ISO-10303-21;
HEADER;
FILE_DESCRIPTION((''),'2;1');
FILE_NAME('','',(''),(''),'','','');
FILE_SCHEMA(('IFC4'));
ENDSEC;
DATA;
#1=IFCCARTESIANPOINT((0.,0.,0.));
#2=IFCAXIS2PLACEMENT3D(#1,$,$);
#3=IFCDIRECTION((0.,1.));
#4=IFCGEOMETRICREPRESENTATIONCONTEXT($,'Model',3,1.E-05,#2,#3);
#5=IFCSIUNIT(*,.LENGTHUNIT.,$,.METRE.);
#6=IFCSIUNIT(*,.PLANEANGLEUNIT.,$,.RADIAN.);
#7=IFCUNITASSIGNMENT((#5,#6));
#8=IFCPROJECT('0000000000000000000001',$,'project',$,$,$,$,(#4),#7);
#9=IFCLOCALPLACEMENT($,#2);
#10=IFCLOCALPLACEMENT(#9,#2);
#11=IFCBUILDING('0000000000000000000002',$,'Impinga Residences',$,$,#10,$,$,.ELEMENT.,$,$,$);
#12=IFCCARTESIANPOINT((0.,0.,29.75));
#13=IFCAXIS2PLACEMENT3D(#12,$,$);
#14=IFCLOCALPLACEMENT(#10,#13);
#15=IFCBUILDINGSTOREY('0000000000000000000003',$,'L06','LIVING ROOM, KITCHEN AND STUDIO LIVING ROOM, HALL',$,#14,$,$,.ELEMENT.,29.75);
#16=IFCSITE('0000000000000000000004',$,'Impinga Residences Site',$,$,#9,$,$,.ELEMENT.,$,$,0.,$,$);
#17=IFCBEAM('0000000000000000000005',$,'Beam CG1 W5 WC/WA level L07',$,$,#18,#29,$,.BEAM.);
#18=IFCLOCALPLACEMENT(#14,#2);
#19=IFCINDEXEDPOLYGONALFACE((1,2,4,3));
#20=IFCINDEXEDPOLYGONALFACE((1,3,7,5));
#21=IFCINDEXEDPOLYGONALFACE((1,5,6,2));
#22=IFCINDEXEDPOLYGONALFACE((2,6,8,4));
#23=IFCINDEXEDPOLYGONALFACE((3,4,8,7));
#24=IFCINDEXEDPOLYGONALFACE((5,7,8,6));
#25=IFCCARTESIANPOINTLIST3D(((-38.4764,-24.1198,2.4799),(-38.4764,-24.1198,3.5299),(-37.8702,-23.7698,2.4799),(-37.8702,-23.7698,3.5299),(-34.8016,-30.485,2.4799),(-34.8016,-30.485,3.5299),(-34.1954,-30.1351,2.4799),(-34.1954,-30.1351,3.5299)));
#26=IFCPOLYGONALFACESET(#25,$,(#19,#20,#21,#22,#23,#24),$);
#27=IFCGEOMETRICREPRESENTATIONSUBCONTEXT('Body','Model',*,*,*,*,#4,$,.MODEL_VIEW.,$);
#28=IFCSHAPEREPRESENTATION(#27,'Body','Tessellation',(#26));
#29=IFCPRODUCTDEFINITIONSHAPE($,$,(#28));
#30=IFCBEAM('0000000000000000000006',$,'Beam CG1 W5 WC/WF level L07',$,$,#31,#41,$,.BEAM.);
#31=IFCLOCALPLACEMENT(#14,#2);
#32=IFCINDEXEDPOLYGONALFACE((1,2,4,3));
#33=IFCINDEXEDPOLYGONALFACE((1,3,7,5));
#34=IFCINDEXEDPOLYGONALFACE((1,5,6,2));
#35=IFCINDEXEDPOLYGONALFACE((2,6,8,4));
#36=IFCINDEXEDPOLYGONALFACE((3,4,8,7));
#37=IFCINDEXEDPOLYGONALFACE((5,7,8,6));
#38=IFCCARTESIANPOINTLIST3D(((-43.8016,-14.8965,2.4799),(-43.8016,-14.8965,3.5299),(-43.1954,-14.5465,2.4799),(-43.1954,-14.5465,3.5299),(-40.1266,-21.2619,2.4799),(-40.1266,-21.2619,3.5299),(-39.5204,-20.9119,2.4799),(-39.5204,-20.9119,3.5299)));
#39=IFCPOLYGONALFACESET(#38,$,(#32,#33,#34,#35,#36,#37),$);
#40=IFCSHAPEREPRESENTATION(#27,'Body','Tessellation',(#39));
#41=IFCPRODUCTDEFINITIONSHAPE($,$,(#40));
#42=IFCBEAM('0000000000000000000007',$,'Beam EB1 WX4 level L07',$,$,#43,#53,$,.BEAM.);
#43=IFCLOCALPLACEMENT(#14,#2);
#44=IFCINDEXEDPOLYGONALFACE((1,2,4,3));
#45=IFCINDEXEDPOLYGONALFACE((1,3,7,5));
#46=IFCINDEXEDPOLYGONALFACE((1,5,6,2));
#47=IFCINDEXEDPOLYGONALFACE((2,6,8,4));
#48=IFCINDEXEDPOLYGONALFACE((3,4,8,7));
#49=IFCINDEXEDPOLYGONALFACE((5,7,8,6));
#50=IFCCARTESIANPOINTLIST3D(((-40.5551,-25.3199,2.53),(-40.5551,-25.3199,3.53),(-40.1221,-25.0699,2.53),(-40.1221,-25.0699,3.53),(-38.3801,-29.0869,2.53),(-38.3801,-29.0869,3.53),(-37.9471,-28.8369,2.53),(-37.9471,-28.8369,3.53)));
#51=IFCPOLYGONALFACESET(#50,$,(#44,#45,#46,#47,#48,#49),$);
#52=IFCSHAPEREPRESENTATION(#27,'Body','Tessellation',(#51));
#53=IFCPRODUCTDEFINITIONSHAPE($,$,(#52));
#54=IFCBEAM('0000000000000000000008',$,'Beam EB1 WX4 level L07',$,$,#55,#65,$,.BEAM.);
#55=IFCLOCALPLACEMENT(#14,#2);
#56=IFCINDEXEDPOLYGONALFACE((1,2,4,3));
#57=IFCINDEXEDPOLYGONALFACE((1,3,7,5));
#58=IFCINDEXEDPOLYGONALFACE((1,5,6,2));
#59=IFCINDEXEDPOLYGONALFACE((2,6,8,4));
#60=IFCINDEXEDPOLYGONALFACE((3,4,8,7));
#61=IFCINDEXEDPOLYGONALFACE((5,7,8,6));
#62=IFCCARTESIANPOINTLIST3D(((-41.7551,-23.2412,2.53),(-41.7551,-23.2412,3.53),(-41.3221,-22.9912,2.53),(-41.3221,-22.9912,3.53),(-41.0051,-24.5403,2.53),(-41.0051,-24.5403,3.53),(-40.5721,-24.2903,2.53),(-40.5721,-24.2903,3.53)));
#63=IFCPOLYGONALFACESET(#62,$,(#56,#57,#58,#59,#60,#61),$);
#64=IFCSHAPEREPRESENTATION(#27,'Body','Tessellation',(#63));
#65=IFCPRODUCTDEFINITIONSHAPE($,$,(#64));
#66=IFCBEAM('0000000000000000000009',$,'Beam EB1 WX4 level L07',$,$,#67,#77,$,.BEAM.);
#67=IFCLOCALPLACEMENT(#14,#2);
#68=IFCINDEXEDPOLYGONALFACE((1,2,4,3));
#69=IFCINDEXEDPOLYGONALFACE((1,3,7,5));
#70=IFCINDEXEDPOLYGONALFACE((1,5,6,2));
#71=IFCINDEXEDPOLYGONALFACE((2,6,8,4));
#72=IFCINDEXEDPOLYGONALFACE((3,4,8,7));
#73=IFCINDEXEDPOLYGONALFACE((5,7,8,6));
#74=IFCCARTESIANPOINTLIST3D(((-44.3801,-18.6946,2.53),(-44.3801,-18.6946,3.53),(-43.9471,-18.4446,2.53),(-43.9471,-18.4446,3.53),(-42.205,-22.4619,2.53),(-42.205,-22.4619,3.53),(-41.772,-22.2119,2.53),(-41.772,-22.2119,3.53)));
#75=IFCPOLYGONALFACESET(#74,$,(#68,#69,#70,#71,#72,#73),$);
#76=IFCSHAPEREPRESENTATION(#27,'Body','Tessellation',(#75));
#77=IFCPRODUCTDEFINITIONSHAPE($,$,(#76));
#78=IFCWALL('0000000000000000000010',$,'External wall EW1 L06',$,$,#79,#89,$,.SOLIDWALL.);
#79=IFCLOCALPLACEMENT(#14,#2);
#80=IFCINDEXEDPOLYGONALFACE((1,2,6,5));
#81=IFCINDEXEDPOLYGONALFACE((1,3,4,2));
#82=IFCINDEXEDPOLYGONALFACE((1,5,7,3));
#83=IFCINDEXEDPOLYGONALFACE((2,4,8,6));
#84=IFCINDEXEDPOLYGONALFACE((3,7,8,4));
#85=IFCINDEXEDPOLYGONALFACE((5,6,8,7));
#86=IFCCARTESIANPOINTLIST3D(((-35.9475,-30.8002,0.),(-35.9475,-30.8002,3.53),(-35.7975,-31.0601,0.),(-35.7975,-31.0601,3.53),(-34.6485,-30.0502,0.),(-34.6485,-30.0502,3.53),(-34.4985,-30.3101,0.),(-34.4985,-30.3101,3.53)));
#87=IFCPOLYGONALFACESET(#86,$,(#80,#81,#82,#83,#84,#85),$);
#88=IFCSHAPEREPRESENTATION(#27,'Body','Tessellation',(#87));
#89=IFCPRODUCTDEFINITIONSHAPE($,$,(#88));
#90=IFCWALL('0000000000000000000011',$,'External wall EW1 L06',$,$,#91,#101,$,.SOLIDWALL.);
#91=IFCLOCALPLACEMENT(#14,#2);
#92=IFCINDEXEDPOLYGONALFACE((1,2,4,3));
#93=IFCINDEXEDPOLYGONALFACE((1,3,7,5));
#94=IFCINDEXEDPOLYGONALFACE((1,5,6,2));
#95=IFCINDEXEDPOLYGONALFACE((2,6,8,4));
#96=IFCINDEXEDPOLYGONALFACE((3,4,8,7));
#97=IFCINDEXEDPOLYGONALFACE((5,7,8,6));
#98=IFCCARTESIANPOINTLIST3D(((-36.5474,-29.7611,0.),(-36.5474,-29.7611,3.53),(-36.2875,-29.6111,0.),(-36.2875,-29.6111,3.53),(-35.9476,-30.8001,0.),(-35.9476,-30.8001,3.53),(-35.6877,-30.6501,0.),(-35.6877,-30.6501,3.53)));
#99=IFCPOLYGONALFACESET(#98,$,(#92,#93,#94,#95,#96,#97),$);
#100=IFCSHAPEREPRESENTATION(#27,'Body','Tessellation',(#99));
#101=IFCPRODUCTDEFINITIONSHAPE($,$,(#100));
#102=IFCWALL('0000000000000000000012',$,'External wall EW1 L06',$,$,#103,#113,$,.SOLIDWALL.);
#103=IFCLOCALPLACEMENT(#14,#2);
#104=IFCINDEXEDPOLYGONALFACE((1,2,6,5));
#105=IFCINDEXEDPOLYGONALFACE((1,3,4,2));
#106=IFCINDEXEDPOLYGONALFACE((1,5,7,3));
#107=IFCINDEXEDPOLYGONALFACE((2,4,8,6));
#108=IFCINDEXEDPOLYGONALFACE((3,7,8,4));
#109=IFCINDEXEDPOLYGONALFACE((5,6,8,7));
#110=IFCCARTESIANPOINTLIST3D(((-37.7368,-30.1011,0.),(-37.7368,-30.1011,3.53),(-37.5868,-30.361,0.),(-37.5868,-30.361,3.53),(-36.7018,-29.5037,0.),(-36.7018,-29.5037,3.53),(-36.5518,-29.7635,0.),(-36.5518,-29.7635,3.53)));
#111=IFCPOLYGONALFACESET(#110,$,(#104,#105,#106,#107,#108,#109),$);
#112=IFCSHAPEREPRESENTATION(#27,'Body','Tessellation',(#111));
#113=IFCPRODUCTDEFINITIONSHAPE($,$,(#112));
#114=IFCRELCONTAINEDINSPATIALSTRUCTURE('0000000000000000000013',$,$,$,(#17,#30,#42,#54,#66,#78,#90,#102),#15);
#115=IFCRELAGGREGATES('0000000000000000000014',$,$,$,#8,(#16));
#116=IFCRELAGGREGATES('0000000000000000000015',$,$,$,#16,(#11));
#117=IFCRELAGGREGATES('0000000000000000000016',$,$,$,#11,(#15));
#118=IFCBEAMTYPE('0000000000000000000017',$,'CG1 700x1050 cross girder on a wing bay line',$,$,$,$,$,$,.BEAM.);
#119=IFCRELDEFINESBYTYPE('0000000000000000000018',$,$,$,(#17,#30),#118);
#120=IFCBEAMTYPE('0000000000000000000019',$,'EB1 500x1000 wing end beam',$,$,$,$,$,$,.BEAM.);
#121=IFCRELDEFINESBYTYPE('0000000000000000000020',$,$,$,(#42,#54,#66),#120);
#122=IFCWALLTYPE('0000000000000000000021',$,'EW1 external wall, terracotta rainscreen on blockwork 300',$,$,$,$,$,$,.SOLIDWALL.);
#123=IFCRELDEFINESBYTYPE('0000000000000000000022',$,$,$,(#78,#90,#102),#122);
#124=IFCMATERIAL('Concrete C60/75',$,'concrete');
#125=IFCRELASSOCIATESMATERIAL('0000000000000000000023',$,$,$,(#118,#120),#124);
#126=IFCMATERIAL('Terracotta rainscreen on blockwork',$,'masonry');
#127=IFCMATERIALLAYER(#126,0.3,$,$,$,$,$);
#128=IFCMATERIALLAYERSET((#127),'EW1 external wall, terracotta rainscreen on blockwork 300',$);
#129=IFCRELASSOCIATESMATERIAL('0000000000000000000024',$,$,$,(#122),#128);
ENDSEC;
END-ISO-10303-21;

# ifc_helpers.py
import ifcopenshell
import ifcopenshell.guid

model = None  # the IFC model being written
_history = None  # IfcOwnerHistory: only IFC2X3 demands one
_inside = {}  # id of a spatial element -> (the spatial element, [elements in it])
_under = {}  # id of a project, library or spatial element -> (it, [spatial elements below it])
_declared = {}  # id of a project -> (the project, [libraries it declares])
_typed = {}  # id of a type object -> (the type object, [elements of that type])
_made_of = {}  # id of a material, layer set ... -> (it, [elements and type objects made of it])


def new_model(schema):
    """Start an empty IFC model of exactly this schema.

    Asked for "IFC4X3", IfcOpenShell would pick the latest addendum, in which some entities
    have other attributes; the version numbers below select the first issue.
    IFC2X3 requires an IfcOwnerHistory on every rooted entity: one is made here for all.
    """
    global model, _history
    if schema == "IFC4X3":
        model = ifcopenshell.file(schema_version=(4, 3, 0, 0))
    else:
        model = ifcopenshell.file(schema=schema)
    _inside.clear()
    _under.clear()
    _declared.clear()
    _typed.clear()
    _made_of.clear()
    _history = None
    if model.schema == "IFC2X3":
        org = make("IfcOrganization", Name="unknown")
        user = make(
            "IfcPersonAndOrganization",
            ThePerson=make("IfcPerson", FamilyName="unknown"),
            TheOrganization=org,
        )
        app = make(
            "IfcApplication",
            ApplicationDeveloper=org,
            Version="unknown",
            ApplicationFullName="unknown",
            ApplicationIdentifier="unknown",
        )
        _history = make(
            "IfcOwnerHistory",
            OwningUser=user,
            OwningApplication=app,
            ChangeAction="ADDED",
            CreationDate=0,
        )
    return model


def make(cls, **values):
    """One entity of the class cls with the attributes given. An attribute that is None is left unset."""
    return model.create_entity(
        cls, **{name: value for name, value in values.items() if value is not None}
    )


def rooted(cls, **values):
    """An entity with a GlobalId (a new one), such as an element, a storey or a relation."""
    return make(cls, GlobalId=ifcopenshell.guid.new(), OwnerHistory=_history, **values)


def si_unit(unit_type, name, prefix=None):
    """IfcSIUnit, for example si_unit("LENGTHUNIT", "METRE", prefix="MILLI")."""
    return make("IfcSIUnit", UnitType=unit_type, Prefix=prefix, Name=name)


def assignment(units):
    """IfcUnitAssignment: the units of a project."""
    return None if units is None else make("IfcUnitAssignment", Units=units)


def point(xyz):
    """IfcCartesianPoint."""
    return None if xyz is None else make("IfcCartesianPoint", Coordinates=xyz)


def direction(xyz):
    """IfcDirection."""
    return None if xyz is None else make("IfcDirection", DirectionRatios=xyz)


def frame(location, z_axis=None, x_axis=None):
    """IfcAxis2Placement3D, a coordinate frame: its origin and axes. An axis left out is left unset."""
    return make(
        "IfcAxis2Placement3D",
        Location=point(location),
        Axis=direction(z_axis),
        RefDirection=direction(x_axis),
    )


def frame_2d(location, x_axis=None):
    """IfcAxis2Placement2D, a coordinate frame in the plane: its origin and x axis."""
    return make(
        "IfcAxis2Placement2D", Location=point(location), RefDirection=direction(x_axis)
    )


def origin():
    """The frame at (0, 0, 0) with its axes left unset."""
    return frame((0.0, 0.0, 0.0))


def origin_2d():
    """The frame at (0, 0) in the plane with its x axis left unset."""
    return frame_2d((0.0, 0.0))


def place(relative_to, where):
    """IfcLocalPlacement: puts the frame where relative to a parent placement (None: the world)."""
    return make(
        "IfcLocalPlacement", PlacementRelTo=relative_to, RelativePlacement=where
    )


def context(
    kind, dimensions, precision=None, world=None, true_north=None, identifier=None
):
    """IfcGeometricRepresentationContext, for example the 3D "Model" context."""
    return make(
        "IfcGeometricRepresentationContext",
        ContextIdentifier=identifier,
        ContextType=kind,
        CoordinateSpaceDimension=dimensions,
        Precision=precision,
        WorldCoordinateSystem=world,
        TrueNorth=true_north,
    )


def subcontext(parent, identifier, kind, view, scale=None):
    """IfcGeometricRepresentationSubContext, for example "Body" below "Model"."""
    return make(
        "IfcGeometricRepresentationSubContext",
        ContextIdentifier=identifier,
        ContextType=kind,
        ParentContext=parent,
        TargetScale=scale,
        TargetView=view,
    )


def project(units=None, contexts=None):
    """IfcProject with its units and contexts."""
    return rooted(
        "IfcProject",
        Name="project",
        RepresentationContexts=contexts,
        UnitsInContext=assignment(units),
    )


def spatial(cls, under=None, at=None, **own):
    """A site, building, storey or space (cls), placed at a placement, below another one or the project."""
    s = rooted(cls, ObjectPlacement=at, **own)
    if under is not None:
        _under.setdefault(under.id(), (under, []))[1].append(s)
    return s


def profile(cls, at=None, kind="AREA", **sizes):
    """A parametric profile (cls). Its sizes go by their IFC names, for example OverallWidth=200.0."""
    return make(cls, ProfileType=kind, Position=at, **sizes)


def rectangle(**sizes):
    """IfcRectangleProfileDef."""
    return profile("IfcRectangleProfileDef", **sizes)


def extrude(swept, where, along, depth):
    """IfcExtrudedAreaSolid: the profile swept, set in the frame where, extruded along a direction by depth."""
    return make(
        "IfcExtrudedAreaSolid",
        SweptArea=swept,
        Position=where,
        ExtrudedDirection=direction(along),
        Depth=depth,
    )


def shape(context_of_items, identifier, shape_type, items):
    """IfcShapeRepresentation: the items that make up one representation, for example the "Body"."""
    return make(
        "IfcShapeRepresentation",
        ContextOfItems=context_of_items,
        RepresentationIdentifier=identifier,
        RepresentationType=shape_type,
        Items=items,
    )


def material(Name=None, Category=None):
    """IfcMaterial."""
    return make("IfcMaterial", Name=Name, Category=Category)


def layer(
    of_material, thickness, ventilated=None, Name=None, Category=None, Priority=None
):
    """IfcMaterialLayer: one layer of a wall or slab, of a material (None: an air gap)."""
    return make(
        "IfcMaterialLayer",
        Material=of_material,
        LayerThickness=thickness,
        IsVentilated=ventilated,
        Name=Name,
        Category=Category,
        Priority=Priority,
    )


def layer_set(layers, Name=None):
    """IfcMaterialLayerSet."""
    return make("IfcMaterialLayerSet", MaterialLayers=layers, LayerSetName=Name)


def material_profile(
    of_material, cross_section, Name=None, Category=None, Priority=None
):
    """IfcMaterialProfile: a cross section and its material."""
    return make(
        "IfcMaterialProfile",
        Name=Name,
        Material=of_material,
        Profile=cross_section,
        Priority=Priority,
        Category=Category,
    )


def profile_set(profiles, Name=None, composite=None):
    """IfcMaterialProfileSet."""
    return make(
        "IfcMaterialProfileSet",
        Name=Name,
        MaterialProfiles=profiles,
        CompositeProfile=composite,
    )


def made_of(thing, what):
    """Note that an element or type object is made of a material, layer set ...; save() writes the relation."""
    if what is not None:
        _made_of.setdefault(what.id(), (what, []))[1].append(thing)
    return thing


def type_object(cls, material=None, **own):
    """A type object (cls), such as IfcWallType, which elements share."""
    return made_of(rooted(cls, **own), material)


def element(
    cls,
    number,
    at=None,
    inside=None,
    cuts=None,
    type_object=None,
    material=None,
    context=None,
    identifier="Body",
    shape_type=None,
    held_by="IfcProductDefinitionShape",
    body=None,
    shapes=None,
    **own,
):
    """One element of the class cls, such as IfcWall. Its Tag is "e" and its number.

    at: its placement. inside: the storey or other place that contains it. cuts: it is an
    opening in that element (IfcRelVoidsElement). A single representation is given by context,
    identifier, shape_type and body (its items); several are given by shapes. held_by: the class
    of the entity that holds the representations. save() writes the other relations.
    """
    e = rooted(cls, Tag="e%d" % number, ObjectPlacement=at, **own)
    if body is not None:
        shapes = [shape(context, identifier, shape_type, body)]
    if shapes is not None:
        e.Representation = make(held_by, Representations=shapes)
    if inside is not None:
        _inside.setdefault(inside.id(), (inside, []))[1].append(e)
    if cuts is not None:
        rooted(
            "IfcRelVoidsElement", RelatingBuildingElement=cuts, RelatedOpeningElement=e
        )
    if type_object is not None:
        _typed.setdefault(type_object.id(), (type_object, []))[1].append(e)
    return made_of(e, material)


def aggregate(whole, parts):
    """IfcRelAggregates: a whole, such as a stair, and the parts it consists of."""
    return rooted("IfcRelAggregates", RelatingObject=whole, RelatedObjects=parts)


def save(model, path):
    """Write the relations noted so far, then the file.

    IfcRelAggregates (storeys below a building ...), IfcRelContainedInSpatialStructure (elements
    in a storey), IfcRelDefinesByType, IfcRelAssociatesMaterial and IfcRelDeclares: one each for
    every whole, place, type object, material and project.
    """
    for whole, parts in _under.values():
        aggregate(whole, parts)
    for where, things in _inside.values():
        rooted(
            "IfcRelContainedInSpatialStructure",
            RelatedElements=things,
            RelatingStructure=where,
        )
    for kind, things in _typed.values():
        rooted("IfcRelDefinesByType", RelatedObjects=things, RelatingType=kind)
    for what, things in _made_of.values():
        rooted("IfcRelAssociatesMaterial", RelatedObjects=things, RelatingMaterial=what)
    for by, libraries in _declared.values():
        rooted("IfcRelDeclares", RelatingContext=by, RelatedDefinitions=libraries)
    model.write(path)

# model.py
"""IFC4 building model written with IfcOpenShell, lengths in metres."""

from ifc_helpers import new_model, si_unit, direction, frame, frame_2d, origin, origin_2d, place, context, subcontext, project, spatial, rectangle, extrude, material, layer, layer_set, material_profile, profile_set, type_object, element, save


model = new_model("IFC4")

# Units and contexts
model_context = context("Model", 3, precision=1e-05, world=origin(), true_north=direction((0.0, 1.0)))
body_context = subcontext(model_context, "Body", "Model", "MODEL_VIEW")
ifc_project = project(units=[si_unit("LENGTHUNIT", "METRE"), si_unit("PLANEANGLEUNIT", "RADIAN")], contexts=[model_context])

# Site, building, storey
site_placement = place(None, origin())
site = spatial("IfcSite", under=ifc_project, at=site_placement, Name="Impinga Residences Site", CompositionType="ELEMENT", RefElevation=0.0)
building_placement = place(site_placement, origin())
building = spatial("IfcBuilding", under=site, at=building_placement, Name="Impinga Residences", CompositionType="ELEMENT")
storey_placement = place(building_placement, frame((0.0, 0.0, 29.75)))
storey = spatial("IfcBuildingStorey", under=building, at=storey_placement, Name="L06", Description="LIVING ROOM, KITCHEN AND STUDIO LIVING ROOM, HALL", CompositionType="ELEMENT", Elevation=29.75)

# Beams
ifc_material_1 = material(Name="Concrete C60/75", Category="concrete")
ifc_material_profile_1 = material_profile(ifc_material_1, rectangle(XDim=0.7, YDim=1.05, at=origin_2d()), Name="RC 700x1050")
ifc_profile_set_1 = profile_set([ifc_material_profile_1], Name="Concrete C60/75")
beam_type_1 = type_object("IfcBeamType", Name="CG1 700x1050 cross girder on a wing bay line", PredefinedType="BEAM", material=ifc_profile_set_1)
beam_1_placement = place(storey_placement, frame((-38.1733, -23.9448, 3.0049), z_axis=(0.499983, -0.866035, 0.0), x_axis=(0.866035, 0.499983, 0.0)))
element("IfcBeam", 1, at=beam_1_placement, inside=storey, type_object=beam_type_1, Name="Beam CG1 W5 WC/WA level L07", PredefinedType="BEAM", context=body_context, shape_type="SweptSolid", body=[
    extrude(rectangle(XDim=0.7, YDim=1.05, at=origin_2d()), origin(), (0.0, 0.0, 1.0), 7.3499),
])
beam_2_placement = place(storey_placement, frame((-39.8235, -21.0869, 3.0049), z_axis=(-0.499994, 0.866029, 0.0), x_axis=(-0.866029, -0.499994, 0.0)))
element("IfcBeam", 2, at=beam_2_placement, inside=storey, type_object=beam_type_1, Name="Beam CG1 W5 WC/WF level L07", PredefinedType="BEAM", context=body_context, shape_type="SweptSolid", body=[
    extrude(rectangle(XDim=0.7, YDim=1.05, at=origin_2d()), origin(), (0.0, 0.0, 1.0), 7.3501),
])
ifc_material_profile_2 = material_profile(ifc_material_1, rectangle(XDim=0.5, YDim=1.0, at=origin_2d()), Name="RC 500x1000")
ifc_profile_set_2 = profile_set([ifc_material_profile_2], Name="Concrete C60/75")
beam_type_2 = type_object("IfcBeamType", Name="EB1 500x1000 wing end beam", PredefinedType="BEAM", material=ifc_profile_set_2)
beam_3_placement = place(storey_placement, frame((-38.1636, -28.9619, 3.03), z_axis=(-0.50002, 0.866014, 0.0), x_axis=(-0.866014, -0.50002, 0.0)))
element("IfcBeam", 3, at=beam_3_placement, inside=storey, type_object=beam_type_2, Name="Beam EB1 WX4 level L07", PredefinedType="BEAM", context=body_context, shape_type="SweptSolid", body=[
    extrude(rectangle(XDim=0.5, YDim=1.0, at=origin_2d()), origin(), (0.0, 0.0, 1.0), 4.3499),
])
beam_4_placement = place(storey_placement, frame((-40.7886, -24.4153, 3.03), z_axis=(-0.49999, 0.866031, 0.0), x_axis=(-0.866031, -0.49999, 0.0)))
element("IfcBeam", 4, at=beam_4_placement, inside=storey, type_object=beam_type_2, Name="Beam EB1 WX4 level L07", PredefinedType="BEAM", context=body_context, shape_type="SweptSolid", body=[
    extrude(rectangle(XDim=0.5, YDim=1.0, at=origin_2d()), origin(), (0.0, 0.0, 1.0), 1.5),
])
beam_5_placement = place(storey_placement, frame((-41.9885, -22.3369, 3.03), z_axis=(-0.499996, 0.866028, 0.0), x_axis=(-0.866028, -0.499996, 0.0)))
element("IfcBeam", 5, at=beam_5_placement, inside=storey, type_object=beam_type_2, Name="Beam EB1 WX4 level L07", PredefinedType="BEAM", context=body_context, shape_type="SweptSolid", body=[
    extrude(rectangle(XDim=0.5, YDim=1.0, at=origin_2d()), origin(), (0.0, 0.0, 1.0), 4.3501),
])

# Walls
ifc_material_2 = material(Name="Terracotta rainscreen on blockwork", Category="masonry")
ifc_layer_1 = layer(ifc_material_2, 0.3)
ifc_layer_set_1 = layer_set([ifc_layer_1], Name="EW1 external wall, terracotta rainscreen on blockwork 300")
wall_type_1 = type_object("IfcWallType", Name="EW1 external wall, terracotta rainscreen on blockwork 300", PredefinedType="SOLIDWALL", material=ifc_layer_set_1)
wall_1_placement = place(storey_placement, frame((-34.5735, -30.1802, 0.0), z_axis=(0.0, 0.0, 1.0), x_axis=(-0.866031, -0.49999, 0.0)))
element("IfcWall", 6, at=wall_1_placement, inside=storey, type_object=wall_type_1, Name="External wall EW1 L06", PredefinedType="SOLIDWALL", context=body_context, shape_type="SweptSolid", body=[
    extrude(rectangle(XDim=1.5, YDim=0.3, at=frame_2d((0.75, 0.0))), origin(), (0.0, 0.0, 1.0), 3.53),
])
wall_2_placement = place(storey_placement, frame((-35.8176, -30.7251, 0.0), z_axis=(0.0, 0.0, 1.0), x_axis=(-0.499969, 0.866043, 0.0)))
element("IfcWall", 7, at=wall_2_placement, inside=storey, type_object=wall_type_1, Name="External wall EW1 L06", PredefinedType="SOLIDWALL", context=body_context, shape_type="SweptSolid", body=[
    extrude(rectangle(XDim=1.1997, YDim=0.3, at=frame_2d((0.5999, 0.0))), origin(), (0.0, 0.0, 1.0), 3.53),
])
wall_3_placement = place(storey_placement, frame((-36.6267, -29.6335, 0.0), z_axis=(0.0, 0.0, 1.0), x_axis=(-0.86606, -0.499941, 0.0)))
element("IfcWall", 8, at=wall_3_placement, inside=storey, type_object=wall_type_1, Name="External wall EW1 L06", PredefinedType="SOLIDWALL", context=body_context, shape_type="SweptSolid", body=[
    extrude(rectangle(XDim=1.1951, YDim=0.3, at=frame_2d((0.5977, 0.0))), origin(), (0.0, 0.0, 1.0), 3.53),
])

save(model, "model.ifc")
